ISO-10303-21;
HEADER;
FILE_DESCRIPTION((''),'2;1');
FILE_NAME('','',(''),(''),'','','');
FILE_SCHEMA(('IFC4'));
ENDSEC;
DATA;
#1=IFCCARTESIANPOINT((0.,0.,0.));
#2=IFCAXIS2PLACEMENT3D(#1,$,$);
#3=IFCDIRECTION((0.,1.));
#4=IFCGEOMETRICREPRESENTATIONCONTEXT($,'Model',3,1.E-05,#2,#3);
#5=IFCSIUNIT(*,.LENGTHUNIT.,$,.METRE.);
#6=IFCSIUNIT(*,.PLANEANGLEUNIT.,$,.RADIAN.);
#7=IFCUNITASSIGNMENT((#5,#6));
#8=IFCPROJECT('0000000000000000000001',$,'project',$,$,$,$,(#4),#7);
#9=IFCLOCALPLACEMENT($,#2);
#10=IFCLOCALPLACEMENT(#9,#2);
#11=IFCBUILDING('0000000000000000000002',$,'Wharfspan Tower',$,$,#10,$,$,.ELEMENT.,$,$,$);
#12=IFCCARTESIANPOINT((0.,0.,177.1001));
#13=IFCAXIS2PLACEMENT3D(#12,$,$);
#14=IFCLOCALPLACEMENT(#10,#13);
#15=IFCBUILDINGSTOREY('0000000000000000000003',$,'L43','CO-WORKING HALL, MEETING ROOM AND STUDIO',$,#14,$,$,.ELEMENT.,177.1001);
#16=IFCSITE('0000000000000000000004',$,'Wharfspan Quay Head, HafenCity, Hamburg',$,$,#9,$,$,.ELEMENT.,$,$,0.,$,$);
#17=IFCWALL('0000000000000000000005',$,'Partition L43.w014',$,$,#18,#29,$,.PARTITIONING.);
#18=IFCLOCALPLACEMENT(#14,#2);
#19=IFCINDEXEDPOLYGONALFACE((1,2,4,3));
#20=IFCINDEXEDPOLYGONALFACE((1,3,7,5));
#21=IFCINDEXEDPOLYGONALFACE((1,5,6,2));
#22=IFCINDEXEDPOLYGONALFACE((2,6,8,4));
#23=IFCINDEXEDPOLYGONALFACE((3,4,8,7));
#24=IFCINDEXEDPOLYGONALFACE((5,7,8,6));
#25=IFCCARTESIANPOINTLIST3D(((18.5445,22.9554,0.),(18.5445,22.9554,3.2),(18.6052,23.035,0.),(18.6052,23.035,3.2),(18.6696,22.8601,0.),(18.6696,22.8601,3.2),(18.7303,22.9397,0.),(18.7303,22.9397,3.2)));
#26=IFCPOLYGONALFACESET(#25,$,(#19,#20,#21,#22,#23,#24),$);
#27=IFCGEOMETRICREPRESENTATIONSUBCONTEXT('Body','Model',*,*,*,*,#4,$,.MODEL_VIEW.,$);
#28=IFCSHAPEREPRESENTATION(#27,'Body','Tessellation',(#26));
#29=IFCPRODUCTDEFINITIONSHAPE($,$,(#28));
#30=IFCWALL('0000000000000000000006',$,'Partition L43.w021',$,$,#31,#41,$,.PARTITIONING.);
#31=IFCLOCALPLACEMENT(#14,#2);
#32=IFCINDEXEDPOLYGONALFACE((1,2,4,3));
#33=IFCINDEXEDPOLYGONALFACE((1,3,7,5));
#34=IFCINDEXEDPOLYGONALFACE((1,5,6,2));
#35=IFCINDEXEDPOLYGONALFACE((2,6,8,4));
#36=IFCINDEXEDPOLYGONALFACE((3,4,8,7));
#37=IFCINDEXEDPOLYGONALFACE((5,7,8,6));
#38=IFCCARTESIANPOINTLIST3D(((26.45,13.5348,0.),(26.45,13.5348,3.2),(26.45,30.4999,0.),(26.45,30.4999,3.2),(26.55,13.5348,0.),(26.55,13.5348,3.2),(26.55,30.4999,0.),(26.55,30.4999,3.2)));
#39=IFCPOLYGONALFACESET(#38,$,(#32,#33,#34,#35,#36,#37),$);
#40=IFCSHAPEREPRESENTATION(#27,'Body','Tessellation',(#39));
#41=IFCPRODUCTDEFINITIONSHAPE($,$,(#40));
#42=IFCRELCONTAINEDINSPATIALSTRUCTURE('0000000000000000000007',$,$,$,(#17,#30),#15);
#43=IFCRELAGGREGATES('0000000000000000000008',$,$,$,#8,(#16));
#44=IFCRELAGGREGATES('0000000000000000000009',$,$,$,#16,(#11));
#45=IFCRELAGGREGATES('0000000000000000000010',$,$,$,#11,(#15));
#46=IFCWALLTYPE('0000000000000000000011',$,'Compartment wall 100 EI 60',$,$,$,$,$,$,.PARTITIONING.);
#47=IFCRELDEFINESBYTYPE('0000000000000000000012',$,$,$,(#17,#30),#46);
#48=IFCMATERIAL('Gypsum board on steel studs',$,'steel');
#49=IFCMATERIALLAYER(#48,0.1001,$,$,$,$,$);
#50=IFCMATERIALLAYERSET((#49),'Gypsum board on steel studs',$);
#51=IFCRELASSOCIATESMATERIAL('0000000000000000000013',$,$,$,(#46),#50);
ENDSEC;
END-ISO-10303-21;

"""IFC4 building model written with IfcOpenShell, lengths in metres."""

from ifc_helpers import new_model, si_unit, direction, frame, frame_2d, origin, place, context, subcontext, project, spatial, rectangle, extrude, material, layer, layer_set, type_object, element, save


model = new_model("IFC4")

# Units and contexts
model_context = context("Model", 3, precision=1e-05, world=origin(), true_north=direction((0.0, 1.0)))
body_context = subcontext(model_context, "Body", "Model", "MODEL_VIEW")
ifc_project = project(units=[si_unit("LENGTHUNIT", "METRE"), si_unit("PLANEANGLEUNIT", "RADIAN")], contexts=[model_context])

# Site, building, storey
site_placement = place(None, origin())
site = spatial("IfcSite", under=ifc_project, at=site_placement, Name="Wharfspan Quay Head, HafenCity, Hamburg", CompositionType="ELEMENT", RefElevation=0.0)
building_placement = place(site_placement, origin())
building = spatial("IfcBuilding", under=site, at=building_placement, Name="Wharfspan Tower", CompositionType="ELEMENT")
storey_placement = place(building_placement, frame((0.0, 0.0, 177.1001)))
storey = spatial("IfcBuildingStorey", under=building, at=storey_placement, Name="L43", Description="CO-WORKING HALL, MEETING ROOM AND STUDIO", CompositionType="ELEMENT", Elevation=177.1001)

# Shared definitions
ifc_material_1 = material(Name="Gypsum board on steel studs", Category="steel")
ifc_layer_1 = layer(ifc_material_1, 0.1001)
ifc_layer_set_1 = layer_set([ifc_layer_1], Name="Gypsum board on steel studs")
wall_type_1 = type_object("IfcWallType", Name="Compartment wall 100 EI 60", PredefinedType="PARTITIONING", material=ifc_layer_set_1)

# Walls
wall_1_placement = place(storey_placement, frame((18.7, 22.8999, 0.0), z_axis=(0.0, 0.0, 1.0), x_axis=(-0.795501, 0.605948, 0.0)))
element("IfcWall", 1, at=wall_1_placement, inside=storey, type_object=wall_type_1, Name="Partition L43.w014", PredefinedType="PARTITIONING", context=body_context, shape_type="SweptSolid", body=[
    extrude(rectangle(XDim=0.1572, YDim=0.1001, at=frame_2d((0.0786, 0.0))), origin(), (0.0, 0.0, 1.0), 3.2),
])
wall_2_placement = place(storey_placement, frame((26.5, 13.5349, 0.0), z_axis=(0.0, 0.0, 1.0), x_axis=(0.0, 1.0, 0.0)))
element("IfcWall", 2, at=wall_2_placement, inside=storey, type_object=wall_type_1, Name="Partition L43.w021", PredefinedType="PARTITIONING", context=body_context, shape_type="SweptSolid", body=[
    extrude(rectangle(XDim=16.9651, YDim=0.1001, at=frame_2d((8.4824, 0.0))), origin(), (0.0, 0.0, 1.0), 3.2),
])

save(model, "model.ifc")
